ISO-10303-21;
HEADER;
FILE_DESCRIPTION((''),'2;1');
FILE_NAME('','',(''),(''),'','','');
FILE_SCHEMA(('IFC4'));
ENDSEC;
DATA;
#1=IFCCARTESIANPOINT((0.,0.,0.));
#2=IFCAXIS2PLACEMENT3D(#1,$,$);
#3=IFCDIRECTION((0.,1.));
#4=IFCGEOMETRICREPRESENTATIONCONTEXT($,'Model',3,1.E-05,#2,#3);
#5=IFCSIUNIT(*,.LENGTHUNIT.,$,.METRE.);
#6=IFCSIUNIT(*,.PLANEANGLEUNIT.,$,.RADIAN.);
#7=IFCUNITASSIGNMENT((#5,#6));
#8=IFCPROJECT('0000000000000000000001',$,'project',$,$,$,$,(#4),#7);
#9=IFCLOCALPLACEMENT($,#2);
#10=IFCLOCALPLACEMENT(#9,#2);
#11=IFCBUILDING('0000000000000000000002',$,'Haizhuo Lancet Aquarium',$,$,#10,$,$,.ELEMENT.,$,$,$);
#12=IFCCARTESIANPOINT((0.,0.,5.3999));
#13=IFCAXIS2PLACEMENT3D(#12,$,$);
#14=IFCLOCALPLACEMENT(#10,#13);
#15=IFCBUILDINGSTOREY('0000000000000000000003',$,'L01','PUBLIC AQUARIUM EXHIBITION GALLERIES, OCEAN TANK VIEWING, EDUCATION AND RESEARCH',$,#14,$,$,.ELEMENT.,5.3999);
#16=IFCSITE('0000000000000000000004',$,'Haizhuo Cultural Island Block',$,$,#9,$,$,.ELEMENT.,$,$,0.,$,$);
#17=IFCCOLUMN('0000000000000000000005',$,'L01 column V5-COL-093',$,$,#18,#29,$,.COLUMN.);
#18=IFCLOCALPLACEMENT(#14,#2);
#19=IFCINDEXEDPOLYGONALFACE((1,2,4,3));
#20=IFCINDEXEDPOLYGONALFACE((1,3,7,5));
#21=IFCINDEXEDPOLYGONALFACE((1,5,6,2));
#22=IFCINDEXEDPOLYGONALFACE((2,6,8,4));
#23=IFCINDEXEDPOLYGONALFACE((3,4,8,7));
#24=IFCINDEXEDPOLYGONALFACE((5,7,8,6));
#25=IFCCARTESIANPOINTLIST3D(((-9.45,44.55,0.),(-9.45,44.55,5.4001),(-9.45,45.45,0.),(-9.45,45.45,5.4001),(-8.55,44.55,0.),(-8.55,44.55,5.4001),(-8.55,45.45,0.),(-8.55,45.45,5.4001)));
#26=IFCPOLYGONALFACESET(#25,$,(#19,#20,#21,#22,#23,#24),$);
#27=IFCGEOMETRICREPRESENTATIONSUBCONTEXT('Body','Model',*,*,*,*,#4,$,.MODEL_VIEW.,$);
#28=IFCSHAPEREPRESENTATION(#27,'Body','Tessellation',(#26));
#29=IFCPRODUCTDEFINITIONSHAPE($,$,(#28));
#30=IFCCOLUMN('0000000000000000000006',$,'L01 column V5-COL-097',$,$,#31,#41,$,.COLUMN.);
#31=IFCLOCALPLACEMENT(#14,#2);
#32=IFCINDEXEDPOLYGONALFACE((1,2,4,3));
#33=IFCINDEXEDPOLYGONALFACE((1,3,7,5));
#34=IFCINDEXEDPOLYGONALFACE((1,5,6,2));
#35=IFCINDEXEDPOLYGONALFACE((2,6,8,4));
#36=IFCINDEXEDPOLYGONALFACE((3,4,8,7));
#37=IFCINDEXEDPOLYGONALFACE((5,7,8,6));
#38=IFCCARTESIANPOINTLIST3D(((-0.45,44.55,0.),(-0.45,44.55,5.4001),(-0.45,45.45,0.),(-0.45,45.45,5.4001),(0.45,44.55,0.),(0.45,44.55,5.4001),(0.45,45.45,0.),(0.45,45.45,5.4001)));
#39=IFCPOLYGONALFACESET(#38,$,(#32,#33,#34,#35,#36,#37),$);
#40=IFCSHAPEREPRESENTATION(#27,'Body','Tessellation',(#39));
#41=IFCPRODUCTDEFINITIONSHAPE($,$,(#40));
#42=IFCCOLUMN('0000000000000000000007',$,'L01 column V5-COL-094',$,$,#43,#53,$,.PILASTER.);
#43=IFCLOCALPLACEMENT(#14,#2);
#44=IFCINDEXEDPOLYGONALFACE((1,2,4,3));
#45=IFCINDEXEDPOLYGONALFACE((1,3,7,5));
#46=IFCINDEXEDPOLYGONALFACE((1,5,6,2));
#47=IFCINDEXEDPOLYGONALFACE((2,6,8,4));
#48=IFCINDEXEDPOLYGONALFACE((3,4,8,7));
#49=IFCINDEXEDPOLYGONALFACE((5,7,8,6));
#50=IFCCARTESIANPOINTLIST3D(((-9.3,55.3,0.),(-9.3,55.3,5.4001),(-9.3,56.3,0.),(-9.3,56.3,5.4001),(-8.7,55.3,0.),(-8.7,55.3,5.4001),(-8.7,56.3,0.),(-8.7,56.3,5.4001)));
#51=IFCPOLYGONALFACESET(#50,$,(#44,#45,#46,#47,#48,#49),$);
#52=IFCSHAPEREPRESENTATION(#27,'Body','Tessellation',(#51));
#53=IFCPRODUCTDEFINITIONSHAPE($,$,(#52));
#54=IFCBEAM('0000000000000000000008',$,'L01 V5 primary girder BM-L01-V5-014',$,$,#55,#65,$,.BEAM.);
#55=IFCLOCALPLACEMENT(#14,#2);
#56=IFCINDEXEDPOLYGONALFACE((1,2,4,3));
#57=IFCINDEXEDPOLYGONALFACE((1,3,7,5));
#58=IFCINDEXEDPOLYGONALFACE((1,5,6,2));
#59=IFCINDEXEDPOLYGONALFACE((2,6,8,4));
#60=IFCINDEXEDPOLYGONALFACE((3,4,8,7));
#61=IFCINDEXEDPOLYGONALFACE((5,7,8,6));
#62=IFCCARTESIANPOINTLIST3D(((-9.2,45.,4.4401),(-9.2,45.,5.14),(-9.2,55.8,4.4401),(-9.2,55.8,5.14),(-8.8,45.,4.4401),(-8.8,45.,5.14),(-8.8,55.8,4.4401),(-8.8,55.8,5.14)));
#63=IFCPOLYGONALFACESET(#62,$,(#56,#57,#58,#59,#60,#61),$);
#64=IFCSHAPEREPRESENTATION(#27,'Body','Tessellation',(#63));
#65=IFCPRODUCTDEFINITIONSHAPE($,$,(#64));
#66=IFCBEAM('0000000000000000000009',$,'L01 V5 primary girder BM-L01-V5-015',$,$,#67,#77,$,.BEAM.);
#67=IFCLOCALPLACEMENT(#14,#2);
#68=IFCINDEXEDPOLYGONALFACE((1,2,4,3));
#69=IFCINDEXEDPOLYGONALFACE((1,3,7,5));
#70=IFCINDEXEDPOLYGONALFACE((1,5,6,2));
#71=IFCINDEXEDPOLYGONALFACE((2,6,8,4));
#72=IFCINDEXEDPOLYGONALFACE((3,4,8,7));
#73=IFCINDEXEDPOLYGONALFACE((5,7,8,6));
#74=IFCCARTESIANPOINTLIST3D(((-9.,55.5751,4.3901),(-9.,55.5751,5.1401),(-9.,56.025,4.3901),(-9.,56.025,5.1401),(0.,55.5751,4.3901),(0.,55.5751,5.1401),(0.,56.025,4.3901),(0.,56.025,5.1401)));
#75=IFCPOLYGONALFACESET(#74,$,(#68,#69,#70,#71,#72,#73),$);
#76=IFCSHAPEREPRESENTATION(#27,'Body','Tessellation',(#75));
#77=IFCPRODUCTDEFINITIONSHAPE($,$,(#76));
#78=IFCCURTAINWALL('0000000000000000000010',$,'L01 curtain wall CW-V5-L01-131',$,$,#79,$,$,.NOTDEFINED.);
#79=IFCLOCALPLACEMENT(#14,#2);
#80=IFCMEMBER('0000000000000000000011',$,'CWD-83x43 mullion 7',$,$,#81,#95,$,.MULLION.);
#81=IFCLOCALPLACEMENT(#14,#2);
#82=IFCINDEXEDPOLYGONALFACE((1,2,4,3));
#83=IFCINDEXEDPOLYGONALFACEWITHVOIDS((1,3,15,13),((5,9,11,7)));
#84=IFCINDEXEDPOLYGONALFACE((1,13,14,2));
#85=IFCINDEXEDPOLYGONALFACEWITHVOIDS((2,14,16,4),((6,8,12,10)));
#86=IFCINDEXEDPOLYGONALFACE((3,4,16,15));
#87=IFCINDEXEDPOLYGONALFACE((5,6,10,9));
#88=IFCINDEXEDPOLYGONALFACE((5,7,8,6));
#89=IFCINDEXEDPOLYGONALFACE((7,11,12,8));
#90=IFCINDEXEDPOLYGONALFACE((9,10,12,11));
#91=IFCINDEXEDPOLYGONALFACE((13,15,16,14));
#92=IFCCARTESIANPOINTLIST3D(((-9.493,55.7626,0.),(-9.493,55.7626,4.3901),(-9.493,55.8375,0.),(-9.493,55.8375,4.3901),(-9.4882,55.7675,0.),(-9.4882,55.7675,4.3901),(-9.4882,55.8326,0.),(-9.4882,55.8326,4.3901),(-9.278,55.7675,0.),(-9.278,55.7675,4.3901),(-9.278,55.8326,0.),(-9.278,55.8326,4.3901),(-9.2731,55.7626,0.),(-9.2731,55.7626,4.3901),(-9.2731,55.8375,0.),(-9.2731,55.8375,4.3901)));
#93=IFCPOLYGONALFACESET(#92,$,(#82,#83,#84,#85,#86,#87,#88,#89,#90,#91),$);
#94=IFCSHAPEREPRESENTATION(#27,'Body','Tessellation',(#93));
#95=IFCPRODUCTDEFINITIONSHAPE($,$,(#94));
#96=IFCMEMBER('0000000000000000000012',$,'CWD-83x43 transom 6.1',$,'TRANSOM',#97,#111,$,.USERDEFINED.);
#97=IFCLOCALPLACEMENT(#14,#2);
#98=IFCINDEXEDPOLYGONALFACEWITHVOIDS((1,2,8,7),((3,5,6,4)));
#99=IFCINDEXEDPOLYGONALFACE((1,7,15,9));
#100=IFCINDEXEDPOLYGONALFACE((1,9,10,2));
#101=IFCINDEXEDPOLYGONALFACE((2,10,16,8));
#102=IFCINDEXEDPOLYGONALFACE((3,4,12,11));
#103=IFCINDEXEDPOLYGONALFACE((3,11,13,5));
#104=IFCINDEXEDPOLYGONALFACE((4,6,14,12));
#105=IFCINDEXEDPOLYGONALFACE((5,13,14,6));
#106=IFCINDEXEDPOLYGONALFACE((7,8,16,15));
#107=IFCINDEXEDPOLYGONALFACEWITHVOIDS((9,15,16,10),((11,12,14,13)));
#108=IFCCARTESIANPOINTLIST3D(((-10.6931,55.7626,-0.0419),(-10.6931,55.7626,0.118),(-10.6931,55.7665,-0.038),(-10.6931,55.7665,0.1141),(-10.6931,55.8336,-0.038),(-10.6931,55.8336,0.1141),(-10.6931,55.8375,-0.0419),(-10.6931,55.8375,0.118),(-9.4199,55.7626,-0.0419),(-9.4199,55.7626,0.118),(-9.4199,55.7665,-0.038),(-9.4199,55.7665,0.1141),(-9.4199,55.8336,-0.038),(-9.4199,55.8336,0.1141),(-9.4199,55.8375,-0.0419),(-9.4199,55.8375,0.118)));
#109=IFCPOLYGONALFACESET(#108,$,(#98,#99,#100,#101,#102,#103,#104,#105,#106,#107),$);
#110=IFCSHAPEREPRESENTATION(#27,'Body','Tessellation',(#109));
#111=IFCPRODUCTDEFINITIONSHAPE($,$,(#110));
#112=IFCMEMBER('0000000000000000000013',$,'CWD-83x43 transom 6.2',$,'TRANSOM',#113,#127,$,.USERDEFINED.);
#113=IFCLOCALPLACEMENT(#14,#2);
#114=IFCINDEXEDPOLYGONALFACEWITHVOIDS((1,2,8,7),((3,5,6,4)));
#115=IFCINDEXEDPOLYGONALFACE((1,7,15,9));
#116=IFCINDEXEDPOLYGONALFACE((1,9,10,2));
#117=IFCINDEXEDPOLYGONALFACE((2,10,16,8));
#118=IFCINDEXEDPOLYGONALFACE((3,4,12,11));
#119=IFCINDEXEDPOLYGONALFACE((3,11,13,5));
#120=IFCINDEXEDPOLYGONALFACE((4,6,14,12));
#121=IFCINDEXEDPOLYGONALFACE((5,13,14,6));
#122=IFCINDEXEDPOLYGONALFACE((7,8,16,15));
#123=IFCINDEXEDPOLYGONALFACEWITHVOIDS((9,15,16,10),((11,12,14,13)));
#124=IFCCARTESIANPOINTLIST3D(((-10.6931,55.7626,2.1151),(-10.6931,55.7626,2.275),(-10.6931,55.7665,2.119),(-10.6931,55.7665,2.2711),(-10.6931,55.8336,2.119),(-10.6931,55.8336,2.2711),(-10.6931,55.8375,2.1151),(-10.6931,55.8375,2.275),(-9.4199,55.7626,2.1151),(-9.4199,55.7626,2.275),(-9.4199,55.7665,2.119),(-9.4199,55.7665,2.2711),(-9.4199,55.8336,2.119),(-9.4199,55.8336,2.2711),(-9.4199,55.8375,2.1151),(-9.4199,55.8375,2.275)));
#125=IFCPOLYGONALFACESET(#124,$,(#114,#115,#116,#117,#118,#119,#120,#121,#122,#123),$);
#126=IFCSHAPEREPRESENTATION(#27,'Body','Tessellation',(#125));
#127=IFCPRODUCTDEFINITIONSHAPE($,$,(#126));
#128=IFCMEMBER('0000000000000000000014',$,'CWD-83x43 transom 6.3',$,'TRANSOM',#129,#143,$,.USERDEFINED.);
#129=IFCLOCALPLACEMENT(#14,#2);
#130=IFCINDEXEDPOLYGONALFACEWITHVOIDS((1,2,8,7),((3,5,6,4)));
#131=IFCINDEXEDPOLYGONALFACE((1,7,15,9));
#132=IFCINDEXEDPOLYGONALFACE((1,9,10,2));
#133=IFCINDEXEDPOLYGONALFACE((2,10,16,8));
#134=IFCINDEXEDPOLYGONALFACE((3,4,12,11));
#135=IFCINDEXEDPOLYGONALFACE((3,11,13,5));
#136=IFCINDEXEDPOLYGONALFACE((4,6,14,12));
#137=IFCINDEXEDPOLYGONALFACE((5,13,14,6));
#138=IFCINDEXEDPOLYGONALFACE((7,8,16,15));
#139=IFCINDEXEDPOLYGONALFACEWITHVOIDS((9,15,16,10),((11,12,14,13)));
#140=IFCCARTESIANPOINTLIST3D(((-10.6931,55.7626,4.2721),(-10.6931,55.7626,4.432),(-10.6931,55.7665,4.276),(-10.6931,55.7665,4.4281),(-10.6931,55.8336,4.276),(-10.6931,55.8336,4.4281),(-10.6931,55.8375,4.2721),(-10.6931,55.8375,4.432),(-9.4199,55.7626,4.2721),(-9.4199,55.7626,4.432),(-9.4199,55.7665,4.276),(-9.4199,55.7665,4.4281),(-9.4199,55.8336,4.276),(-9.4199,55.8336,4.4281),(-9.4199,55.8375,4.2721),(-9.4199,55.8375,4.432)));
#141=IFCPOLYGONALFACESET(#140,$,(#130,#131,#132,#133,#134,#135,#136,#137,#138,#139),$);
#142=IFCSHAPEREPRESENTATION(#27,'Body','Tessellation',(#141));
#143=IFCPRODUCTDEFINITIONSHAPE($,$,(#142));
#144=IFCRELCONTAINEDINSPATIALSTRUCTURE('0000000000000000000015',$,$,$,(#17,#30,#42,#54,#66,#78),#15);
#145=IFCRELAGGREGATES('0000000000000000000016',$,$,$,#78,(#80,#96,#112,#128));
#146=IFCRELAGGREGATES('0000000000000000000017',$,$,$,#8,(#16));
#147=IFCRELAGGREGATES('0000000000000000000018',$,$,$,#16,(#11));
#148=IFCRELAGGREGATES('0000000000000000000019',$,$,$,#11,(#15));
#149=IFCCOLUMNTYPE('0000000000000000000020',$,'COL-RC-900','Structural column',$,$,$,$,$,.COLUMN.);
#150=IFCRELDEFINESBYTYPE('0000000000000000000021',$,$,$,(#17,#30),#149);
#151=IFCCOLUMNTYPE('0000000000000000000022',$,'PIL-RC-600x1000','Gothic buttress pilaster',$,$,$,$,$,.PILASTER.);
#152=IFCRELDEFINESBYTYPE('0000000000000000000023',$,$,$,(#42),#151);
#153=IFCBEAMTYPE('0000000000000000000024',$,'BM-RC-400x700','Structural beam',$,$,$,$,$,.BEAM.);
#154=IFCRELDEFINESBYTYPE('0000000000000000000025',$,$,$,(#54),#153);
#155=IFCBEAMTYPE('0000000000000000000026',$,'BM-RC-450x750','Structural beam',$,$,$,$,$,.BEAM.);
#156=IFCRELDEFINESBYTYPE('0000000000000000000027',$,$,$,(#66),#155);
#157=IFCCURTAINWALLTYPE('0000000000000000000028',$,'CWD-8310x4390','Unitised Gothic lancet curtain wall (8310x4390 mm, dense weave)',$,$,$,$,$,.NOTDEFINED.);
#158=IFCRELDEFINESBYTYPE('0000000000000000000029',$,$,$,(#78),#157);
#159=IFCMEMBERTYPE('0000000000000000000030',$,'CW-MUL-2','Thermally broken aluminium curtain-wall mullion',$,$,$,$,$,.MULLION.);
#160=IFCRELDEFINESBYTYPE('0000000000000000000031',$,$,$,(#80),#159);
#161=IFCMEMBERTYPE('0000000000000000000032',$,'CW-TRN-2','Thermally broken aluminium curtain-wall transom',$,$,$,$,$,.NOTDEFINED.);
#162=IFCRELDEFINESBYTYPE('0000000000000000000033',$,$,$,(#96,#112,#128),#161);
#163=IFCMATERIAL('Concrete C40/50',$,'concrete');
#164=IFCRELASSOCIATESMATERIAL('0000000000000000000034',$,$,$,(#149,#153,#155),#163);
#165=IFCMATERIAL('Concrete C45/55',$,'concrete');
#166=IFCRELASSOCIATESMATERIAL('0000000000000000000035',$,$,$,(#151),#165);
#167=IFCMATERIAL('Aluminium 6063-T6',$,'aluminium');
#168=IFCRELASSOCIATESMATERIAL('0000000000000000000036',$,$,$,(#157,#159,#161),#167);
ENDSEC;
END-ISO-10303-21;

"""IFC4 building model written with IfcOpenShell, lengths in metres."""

from ifc_helpers import new_model, si_unit, direction, frame, origin, origin_2d, place, context, subcontext, project, spatial, rectangle, hollow_rectangle, extrude, material, material_profile, profile_set, type_object, element, aggregate, save


model = new_model("IFC4")

# Units and contexts
model_context = context("Model", 3, precision=1e-05, world=origin(), true_north=direction((0.0, 1.0)))
body_context = subcontext(model_context, "Body", "Model", "MODEL_VIEW")
ifc_project = project(units=[si_unit("LENGTHUNIT", "METRE"), si_unit("PLANEANGLEUNIT", "RADIAN")], contexts=[model_context])

# Site, building, storey
site_placement = place(None, origin())
site = spatial("IfcSite", under=ifc_project, at=site_placement, Name="Haizhuo Cultural Island Block", CompositionType="ELEMENT", RefElevation=0.0)
building_placement = place(site_placement, origin())
building = spatial("IfcBuilding", under=site, at=building_placement, Name="Haizhuo Lancet Aquarium", CompositionType="ELEMENT")
storey_placement = place(building_placement, frame((0.0, 0.0, 5.3999)))
storey = spatial("IfcBuildingStorey", under=building, at=storey_placement, Name="L01", Description="PUBLIC AQUARIUM EXHIBITION GALLERIES, OCEAN TANK VIEWING, EDUCATION AND RESEARCH", CompositionType="ELEMENT", Elevation=5.3999)

# Columns
ifc_material_1 = material(Name="Concrete C40/50", Category="concrete")
ifc_material_profile_1 = material_profile(ifc_material_1, rectangle(XDim=0.8999, YDim=0.8999, at=origin_2d()), Name="RC-COL 900x900")
ifc_profile_set_1 = profile_set([ifc_material_profile_1], Name="Concrete C40/50")
column_type_1 = type_object("IfcColumnType", Name="COL-RC-900", Description="Structural column", PredefinedType="COLUMN", material=ifc_profile_set_1)
for number, where, z_axis, x_axis, name in (
    (1, (-9.0, 45.0, 0.0), (0.0, 0.0, 1.0), (1.0, 0.0, 0.0), "L01 column V5-COL-093"),
    (2, (0.0, 45.0, 0.0), (0.0, 0.0, 1.0), (1.0, 0.0, 0.0), "L01 column V5-COL-097"),
):
    element("IfcColumn", number, at=place(storey_placement, frame(where, z_axis=z_axis, x_axis=x_axis)), inside=storey, type_object=column_type_1, Name=name, PredefinedType="COLUMN", context=body_context, shape_type="SweptSolid", body=[
        extrude(rectangle(XDim=0.8999, YDim=0.8999, at=origin_2d()), origin(), (0.0, 0.0, 1.0), 5.4001),
    ])
ifc_material_2 = material(Name="Concrete C45/55", Category="concrete")
ifc_material_profile_2 = material_profile(ifc_material_2, rectangle(XDim=0.6001, YDim=1.0, at=origin_2d()), Name="RC-PIL 600x1000")
ifc_profile_set_2 = profile_set([ifc_material_profile_2], Name="Concrete C45/55")
column_type_2 = type_object("IfcColumnType", Name="PIL-RC-600x1000", Description="Gothic buttress pilaster", PredefinedType="PILASTER", material=ifc_profile_set_2)
column_placement = place(storey_placement, frame((-9.0, 55.8, 0.0), z_axis=(0.0, 0.0, 1.0), x_axis=(1.0, 0.0, 0.0)))
element("IfcColumn", 3, at=column_placement, inside=storey, type_object=column_type_2, Name="L01 column V5-COL-094", PredefinedType="PILASTER", context=body_context, shape_type="SweptSolid", body=[
    extrude(rectangle(XDim=0.6001, YDim=1.0, at=origin_2d()), origin(), (0.0, 0.0, 1.0), 5.4001),
])

# Beams
ifc_material_profile_3 = material_profile(ifc_material_1, rectangle(XDim=0.3999, YDim=0.7, at=origin_2d()), Name="RC-BM 400x700")
ifc_profile_set_3 = profile_set([ifc_material_profile_3], Name="Concrete C40/50")
beam_type_1 = type_object("IfcBeamType", Name="BM-RC-400x700", Description="Structural beam", PredefinedType="BEAM", material=ifc_profile_set_3)
beam_1_placement = place(storey_placement, frame((-9.0, 45.0, 4.79), z_axis=(0.0, 1.0, 0.0), x_axis=(-1.0, 0.0, 0.0)))
element("IfcBeam", 4, at=beam_1_placement, inside=storey, type_object=beam_type_1, Name="L01 V5 primary girder BM-L01-V5-014", PredefinedType="BEAM", context=body_context, shape_type="SweptSolid", body=[
    extrude(rectangle(XDim=0.3999, YDim=0.7, at=origin_2d()), origin(), (0.0, 0.0, 1.0), 10.8),
])
ifc_material_profile_4 = material_profile(ifc_material_1, rectangle(XDim=0.45, YDim=0.75, at=origin_2d()), Name="RC-BM 450x750")
ifc_profile_set_4 = profile_set([ifc_material_profile_4], Name="Concrete C40/50")
beam_type_2 = type_object("IfcBeamType", Name="BM-RC-450x750", Description="Structural beam", PredefinedType="BEAM", material=ifc_profile_set_4)
beam_2_placement = place(storey_placement, frame((-9.0, 55.8, 4.7651), z_axis=(1.0, 0.0, 0.0), x_axis=(0.0, 1.0, 0.0)))
element("IfcBeam", 5, at=beam_2_placement, inside=storey, type_object=beam_type_2, Name="L01 V5 primary girder BM-L01-V5-015", PredefinedType="BEAM", context=body_context, shape_type="SweptSolid", body=[
    extrude(rectangle(XDim=0.45, YDim=0.75, at=origin_2d()), origin(), (0.0, 0.0, 1.0), 9.0),
])

# Curtain wall, members
ifc_material_3 = material(Name="Aluminium 6063-T6", Category="aluminium")
curtain_wall_type = type_object("IfcCurtainWallType", Name="CWD-8310x4390", Description="Unitised Gothic lancet curtain wall (8310x4390 mm, dense weave)", PredefinedType="NOTDEFINED", material=ifc_material_3)
curtain_wall_placement = place(storey_placement, origin())
curtain_wall = element("IfcCurtainWall", 6, at=curtain_wall_placement, inside=storey, type_object=curtain_wall_type, Name="L01 curtain wall CW-V5-L01-131", PredefinedType="NOTDEFINED")
ifc_material_profile_5 = material_profile(ifc_material_3, hollow_rectangle(XDim=0.075, YDim=0.22, WallThickness=0.0049, at=origin_2d()), Name="ALU-M 75x220x5")
ifc_profile_set_5 = profile_set([ifc_material_profile_5], Name="Aluminium 6063-T6")
member_type_1 = type_object("IfcMemberType", Name="CW-MUL-2", Description="Thermally broken aluminium curtain-wall mullion", PredefinedType="MULLION", material=ifc_profile_set_5)
member_1_placement = place(storey_placement, frame((-9.3831, 55.8, 0.0), z_axis=(0.0, 0.0, 1.0), x_axis=(0.0, 1.0, 0.0)))
member_1 = element("IfcMember", 7, at=member_1_placement, type_object=member_type_1, Name="CWD-83x43 mullion 7", PredefinedType="MULLION", context=body_context, shape_type="SweptSolid", body=[
    extrude(hollow_rectangle(XDim=0.075, YDim=0.22, WallThickness=0.0049, at=origin_2d()), origin(), (0.0, 0.0, 1.0), 4.3901),
])
ifc_material_profile_6 = material_profile(ifc_material_3, hollow_rectangle(XDim=0.075, YDim=0.1599, WallThickness=0.0039, at=origin_2d()), Name="ALU-T 75x160x4")
ifc_profile_set_6 = profile_set([ifc_material_profile_6], Name="Aluminium 6063-T6")
member_type_2 = type_object("IfcMemberType", Name="CW-TRN-2", Description="Thermally broken aluminium curtain-wall transom", PredefinedType="NOTDEFINED", material=ifc_profile_set_6)
member_2_placement = place(storey_placement, frame((-10.6931, 55.8, 0.0381), z_axis=(1.0, 0.0, 0.0), x_axis=(0.0, 1.0, 0.0)))
member_2 = element("IfcMember", 8, at=member_2_placement, type_object=member_type_2, Name="CWD-83x43 transom 6.1", ObjectType="TRANSOM", PredefinedType="USERDEFINED", context=body_context, shape_type="SweptSolid", body=[
    extrude(hollow_rectangle(XDim=0.075, YDim=0.1599, WallThickness=0.0039, at=origin_2d()), origin(), (0.0, 0.0, 1.0), 1.2732),
])
member_3_placement = place(storey_placement, frame((-10.6931, 55.8, 2.1951), z_axis=(1.0, 0.0, 0.0), x_axis=(0.0, 1.0, 0.0)))
member_3 = element("IfcMember", 9, at=member_3_placement, type_object=member_type_2, Name="CWD-83x43 transom 6.2", ObjectType="TRANSOM", PredefinedType="USERDEFINED", context=body_context, shape_type="SweptSolid", body=[
    extrude(hollow_rectangle(XDim=0.075, YDim=0.1599, WallThickness=0.0039, at=origin_2d()), origin(), (0.0, 0.0, 1.0), 1.2732),
])
member_4_placement = place(storey_placement, frame((-10.6931, 55.8, 4.3521), z_axis=(1.0, 0.0, 0.0), x_axis=(0.0, 1.0, 0.0)))
member_4 = element("IfcMember", 10, at=member_4_placement, type_object=member_type_2, Name="CWD-83x43 transom 6.3", ObjectType="TRANSOM", PredefinedType="USERDEFINED", context=body_context, shape_type="SweptSolid", body=[
    extrude(hollow_rectangle(XDim=0.075, YDim=0.1599, WallThickness=0.0039, at=origin_2d()), origin(), (0.0, 0.0, 1.0), 1.2732),
])

aggregate(curtain_wall, [member_1, member_2, member_3, member_4])

save(model, "model.ifc")
